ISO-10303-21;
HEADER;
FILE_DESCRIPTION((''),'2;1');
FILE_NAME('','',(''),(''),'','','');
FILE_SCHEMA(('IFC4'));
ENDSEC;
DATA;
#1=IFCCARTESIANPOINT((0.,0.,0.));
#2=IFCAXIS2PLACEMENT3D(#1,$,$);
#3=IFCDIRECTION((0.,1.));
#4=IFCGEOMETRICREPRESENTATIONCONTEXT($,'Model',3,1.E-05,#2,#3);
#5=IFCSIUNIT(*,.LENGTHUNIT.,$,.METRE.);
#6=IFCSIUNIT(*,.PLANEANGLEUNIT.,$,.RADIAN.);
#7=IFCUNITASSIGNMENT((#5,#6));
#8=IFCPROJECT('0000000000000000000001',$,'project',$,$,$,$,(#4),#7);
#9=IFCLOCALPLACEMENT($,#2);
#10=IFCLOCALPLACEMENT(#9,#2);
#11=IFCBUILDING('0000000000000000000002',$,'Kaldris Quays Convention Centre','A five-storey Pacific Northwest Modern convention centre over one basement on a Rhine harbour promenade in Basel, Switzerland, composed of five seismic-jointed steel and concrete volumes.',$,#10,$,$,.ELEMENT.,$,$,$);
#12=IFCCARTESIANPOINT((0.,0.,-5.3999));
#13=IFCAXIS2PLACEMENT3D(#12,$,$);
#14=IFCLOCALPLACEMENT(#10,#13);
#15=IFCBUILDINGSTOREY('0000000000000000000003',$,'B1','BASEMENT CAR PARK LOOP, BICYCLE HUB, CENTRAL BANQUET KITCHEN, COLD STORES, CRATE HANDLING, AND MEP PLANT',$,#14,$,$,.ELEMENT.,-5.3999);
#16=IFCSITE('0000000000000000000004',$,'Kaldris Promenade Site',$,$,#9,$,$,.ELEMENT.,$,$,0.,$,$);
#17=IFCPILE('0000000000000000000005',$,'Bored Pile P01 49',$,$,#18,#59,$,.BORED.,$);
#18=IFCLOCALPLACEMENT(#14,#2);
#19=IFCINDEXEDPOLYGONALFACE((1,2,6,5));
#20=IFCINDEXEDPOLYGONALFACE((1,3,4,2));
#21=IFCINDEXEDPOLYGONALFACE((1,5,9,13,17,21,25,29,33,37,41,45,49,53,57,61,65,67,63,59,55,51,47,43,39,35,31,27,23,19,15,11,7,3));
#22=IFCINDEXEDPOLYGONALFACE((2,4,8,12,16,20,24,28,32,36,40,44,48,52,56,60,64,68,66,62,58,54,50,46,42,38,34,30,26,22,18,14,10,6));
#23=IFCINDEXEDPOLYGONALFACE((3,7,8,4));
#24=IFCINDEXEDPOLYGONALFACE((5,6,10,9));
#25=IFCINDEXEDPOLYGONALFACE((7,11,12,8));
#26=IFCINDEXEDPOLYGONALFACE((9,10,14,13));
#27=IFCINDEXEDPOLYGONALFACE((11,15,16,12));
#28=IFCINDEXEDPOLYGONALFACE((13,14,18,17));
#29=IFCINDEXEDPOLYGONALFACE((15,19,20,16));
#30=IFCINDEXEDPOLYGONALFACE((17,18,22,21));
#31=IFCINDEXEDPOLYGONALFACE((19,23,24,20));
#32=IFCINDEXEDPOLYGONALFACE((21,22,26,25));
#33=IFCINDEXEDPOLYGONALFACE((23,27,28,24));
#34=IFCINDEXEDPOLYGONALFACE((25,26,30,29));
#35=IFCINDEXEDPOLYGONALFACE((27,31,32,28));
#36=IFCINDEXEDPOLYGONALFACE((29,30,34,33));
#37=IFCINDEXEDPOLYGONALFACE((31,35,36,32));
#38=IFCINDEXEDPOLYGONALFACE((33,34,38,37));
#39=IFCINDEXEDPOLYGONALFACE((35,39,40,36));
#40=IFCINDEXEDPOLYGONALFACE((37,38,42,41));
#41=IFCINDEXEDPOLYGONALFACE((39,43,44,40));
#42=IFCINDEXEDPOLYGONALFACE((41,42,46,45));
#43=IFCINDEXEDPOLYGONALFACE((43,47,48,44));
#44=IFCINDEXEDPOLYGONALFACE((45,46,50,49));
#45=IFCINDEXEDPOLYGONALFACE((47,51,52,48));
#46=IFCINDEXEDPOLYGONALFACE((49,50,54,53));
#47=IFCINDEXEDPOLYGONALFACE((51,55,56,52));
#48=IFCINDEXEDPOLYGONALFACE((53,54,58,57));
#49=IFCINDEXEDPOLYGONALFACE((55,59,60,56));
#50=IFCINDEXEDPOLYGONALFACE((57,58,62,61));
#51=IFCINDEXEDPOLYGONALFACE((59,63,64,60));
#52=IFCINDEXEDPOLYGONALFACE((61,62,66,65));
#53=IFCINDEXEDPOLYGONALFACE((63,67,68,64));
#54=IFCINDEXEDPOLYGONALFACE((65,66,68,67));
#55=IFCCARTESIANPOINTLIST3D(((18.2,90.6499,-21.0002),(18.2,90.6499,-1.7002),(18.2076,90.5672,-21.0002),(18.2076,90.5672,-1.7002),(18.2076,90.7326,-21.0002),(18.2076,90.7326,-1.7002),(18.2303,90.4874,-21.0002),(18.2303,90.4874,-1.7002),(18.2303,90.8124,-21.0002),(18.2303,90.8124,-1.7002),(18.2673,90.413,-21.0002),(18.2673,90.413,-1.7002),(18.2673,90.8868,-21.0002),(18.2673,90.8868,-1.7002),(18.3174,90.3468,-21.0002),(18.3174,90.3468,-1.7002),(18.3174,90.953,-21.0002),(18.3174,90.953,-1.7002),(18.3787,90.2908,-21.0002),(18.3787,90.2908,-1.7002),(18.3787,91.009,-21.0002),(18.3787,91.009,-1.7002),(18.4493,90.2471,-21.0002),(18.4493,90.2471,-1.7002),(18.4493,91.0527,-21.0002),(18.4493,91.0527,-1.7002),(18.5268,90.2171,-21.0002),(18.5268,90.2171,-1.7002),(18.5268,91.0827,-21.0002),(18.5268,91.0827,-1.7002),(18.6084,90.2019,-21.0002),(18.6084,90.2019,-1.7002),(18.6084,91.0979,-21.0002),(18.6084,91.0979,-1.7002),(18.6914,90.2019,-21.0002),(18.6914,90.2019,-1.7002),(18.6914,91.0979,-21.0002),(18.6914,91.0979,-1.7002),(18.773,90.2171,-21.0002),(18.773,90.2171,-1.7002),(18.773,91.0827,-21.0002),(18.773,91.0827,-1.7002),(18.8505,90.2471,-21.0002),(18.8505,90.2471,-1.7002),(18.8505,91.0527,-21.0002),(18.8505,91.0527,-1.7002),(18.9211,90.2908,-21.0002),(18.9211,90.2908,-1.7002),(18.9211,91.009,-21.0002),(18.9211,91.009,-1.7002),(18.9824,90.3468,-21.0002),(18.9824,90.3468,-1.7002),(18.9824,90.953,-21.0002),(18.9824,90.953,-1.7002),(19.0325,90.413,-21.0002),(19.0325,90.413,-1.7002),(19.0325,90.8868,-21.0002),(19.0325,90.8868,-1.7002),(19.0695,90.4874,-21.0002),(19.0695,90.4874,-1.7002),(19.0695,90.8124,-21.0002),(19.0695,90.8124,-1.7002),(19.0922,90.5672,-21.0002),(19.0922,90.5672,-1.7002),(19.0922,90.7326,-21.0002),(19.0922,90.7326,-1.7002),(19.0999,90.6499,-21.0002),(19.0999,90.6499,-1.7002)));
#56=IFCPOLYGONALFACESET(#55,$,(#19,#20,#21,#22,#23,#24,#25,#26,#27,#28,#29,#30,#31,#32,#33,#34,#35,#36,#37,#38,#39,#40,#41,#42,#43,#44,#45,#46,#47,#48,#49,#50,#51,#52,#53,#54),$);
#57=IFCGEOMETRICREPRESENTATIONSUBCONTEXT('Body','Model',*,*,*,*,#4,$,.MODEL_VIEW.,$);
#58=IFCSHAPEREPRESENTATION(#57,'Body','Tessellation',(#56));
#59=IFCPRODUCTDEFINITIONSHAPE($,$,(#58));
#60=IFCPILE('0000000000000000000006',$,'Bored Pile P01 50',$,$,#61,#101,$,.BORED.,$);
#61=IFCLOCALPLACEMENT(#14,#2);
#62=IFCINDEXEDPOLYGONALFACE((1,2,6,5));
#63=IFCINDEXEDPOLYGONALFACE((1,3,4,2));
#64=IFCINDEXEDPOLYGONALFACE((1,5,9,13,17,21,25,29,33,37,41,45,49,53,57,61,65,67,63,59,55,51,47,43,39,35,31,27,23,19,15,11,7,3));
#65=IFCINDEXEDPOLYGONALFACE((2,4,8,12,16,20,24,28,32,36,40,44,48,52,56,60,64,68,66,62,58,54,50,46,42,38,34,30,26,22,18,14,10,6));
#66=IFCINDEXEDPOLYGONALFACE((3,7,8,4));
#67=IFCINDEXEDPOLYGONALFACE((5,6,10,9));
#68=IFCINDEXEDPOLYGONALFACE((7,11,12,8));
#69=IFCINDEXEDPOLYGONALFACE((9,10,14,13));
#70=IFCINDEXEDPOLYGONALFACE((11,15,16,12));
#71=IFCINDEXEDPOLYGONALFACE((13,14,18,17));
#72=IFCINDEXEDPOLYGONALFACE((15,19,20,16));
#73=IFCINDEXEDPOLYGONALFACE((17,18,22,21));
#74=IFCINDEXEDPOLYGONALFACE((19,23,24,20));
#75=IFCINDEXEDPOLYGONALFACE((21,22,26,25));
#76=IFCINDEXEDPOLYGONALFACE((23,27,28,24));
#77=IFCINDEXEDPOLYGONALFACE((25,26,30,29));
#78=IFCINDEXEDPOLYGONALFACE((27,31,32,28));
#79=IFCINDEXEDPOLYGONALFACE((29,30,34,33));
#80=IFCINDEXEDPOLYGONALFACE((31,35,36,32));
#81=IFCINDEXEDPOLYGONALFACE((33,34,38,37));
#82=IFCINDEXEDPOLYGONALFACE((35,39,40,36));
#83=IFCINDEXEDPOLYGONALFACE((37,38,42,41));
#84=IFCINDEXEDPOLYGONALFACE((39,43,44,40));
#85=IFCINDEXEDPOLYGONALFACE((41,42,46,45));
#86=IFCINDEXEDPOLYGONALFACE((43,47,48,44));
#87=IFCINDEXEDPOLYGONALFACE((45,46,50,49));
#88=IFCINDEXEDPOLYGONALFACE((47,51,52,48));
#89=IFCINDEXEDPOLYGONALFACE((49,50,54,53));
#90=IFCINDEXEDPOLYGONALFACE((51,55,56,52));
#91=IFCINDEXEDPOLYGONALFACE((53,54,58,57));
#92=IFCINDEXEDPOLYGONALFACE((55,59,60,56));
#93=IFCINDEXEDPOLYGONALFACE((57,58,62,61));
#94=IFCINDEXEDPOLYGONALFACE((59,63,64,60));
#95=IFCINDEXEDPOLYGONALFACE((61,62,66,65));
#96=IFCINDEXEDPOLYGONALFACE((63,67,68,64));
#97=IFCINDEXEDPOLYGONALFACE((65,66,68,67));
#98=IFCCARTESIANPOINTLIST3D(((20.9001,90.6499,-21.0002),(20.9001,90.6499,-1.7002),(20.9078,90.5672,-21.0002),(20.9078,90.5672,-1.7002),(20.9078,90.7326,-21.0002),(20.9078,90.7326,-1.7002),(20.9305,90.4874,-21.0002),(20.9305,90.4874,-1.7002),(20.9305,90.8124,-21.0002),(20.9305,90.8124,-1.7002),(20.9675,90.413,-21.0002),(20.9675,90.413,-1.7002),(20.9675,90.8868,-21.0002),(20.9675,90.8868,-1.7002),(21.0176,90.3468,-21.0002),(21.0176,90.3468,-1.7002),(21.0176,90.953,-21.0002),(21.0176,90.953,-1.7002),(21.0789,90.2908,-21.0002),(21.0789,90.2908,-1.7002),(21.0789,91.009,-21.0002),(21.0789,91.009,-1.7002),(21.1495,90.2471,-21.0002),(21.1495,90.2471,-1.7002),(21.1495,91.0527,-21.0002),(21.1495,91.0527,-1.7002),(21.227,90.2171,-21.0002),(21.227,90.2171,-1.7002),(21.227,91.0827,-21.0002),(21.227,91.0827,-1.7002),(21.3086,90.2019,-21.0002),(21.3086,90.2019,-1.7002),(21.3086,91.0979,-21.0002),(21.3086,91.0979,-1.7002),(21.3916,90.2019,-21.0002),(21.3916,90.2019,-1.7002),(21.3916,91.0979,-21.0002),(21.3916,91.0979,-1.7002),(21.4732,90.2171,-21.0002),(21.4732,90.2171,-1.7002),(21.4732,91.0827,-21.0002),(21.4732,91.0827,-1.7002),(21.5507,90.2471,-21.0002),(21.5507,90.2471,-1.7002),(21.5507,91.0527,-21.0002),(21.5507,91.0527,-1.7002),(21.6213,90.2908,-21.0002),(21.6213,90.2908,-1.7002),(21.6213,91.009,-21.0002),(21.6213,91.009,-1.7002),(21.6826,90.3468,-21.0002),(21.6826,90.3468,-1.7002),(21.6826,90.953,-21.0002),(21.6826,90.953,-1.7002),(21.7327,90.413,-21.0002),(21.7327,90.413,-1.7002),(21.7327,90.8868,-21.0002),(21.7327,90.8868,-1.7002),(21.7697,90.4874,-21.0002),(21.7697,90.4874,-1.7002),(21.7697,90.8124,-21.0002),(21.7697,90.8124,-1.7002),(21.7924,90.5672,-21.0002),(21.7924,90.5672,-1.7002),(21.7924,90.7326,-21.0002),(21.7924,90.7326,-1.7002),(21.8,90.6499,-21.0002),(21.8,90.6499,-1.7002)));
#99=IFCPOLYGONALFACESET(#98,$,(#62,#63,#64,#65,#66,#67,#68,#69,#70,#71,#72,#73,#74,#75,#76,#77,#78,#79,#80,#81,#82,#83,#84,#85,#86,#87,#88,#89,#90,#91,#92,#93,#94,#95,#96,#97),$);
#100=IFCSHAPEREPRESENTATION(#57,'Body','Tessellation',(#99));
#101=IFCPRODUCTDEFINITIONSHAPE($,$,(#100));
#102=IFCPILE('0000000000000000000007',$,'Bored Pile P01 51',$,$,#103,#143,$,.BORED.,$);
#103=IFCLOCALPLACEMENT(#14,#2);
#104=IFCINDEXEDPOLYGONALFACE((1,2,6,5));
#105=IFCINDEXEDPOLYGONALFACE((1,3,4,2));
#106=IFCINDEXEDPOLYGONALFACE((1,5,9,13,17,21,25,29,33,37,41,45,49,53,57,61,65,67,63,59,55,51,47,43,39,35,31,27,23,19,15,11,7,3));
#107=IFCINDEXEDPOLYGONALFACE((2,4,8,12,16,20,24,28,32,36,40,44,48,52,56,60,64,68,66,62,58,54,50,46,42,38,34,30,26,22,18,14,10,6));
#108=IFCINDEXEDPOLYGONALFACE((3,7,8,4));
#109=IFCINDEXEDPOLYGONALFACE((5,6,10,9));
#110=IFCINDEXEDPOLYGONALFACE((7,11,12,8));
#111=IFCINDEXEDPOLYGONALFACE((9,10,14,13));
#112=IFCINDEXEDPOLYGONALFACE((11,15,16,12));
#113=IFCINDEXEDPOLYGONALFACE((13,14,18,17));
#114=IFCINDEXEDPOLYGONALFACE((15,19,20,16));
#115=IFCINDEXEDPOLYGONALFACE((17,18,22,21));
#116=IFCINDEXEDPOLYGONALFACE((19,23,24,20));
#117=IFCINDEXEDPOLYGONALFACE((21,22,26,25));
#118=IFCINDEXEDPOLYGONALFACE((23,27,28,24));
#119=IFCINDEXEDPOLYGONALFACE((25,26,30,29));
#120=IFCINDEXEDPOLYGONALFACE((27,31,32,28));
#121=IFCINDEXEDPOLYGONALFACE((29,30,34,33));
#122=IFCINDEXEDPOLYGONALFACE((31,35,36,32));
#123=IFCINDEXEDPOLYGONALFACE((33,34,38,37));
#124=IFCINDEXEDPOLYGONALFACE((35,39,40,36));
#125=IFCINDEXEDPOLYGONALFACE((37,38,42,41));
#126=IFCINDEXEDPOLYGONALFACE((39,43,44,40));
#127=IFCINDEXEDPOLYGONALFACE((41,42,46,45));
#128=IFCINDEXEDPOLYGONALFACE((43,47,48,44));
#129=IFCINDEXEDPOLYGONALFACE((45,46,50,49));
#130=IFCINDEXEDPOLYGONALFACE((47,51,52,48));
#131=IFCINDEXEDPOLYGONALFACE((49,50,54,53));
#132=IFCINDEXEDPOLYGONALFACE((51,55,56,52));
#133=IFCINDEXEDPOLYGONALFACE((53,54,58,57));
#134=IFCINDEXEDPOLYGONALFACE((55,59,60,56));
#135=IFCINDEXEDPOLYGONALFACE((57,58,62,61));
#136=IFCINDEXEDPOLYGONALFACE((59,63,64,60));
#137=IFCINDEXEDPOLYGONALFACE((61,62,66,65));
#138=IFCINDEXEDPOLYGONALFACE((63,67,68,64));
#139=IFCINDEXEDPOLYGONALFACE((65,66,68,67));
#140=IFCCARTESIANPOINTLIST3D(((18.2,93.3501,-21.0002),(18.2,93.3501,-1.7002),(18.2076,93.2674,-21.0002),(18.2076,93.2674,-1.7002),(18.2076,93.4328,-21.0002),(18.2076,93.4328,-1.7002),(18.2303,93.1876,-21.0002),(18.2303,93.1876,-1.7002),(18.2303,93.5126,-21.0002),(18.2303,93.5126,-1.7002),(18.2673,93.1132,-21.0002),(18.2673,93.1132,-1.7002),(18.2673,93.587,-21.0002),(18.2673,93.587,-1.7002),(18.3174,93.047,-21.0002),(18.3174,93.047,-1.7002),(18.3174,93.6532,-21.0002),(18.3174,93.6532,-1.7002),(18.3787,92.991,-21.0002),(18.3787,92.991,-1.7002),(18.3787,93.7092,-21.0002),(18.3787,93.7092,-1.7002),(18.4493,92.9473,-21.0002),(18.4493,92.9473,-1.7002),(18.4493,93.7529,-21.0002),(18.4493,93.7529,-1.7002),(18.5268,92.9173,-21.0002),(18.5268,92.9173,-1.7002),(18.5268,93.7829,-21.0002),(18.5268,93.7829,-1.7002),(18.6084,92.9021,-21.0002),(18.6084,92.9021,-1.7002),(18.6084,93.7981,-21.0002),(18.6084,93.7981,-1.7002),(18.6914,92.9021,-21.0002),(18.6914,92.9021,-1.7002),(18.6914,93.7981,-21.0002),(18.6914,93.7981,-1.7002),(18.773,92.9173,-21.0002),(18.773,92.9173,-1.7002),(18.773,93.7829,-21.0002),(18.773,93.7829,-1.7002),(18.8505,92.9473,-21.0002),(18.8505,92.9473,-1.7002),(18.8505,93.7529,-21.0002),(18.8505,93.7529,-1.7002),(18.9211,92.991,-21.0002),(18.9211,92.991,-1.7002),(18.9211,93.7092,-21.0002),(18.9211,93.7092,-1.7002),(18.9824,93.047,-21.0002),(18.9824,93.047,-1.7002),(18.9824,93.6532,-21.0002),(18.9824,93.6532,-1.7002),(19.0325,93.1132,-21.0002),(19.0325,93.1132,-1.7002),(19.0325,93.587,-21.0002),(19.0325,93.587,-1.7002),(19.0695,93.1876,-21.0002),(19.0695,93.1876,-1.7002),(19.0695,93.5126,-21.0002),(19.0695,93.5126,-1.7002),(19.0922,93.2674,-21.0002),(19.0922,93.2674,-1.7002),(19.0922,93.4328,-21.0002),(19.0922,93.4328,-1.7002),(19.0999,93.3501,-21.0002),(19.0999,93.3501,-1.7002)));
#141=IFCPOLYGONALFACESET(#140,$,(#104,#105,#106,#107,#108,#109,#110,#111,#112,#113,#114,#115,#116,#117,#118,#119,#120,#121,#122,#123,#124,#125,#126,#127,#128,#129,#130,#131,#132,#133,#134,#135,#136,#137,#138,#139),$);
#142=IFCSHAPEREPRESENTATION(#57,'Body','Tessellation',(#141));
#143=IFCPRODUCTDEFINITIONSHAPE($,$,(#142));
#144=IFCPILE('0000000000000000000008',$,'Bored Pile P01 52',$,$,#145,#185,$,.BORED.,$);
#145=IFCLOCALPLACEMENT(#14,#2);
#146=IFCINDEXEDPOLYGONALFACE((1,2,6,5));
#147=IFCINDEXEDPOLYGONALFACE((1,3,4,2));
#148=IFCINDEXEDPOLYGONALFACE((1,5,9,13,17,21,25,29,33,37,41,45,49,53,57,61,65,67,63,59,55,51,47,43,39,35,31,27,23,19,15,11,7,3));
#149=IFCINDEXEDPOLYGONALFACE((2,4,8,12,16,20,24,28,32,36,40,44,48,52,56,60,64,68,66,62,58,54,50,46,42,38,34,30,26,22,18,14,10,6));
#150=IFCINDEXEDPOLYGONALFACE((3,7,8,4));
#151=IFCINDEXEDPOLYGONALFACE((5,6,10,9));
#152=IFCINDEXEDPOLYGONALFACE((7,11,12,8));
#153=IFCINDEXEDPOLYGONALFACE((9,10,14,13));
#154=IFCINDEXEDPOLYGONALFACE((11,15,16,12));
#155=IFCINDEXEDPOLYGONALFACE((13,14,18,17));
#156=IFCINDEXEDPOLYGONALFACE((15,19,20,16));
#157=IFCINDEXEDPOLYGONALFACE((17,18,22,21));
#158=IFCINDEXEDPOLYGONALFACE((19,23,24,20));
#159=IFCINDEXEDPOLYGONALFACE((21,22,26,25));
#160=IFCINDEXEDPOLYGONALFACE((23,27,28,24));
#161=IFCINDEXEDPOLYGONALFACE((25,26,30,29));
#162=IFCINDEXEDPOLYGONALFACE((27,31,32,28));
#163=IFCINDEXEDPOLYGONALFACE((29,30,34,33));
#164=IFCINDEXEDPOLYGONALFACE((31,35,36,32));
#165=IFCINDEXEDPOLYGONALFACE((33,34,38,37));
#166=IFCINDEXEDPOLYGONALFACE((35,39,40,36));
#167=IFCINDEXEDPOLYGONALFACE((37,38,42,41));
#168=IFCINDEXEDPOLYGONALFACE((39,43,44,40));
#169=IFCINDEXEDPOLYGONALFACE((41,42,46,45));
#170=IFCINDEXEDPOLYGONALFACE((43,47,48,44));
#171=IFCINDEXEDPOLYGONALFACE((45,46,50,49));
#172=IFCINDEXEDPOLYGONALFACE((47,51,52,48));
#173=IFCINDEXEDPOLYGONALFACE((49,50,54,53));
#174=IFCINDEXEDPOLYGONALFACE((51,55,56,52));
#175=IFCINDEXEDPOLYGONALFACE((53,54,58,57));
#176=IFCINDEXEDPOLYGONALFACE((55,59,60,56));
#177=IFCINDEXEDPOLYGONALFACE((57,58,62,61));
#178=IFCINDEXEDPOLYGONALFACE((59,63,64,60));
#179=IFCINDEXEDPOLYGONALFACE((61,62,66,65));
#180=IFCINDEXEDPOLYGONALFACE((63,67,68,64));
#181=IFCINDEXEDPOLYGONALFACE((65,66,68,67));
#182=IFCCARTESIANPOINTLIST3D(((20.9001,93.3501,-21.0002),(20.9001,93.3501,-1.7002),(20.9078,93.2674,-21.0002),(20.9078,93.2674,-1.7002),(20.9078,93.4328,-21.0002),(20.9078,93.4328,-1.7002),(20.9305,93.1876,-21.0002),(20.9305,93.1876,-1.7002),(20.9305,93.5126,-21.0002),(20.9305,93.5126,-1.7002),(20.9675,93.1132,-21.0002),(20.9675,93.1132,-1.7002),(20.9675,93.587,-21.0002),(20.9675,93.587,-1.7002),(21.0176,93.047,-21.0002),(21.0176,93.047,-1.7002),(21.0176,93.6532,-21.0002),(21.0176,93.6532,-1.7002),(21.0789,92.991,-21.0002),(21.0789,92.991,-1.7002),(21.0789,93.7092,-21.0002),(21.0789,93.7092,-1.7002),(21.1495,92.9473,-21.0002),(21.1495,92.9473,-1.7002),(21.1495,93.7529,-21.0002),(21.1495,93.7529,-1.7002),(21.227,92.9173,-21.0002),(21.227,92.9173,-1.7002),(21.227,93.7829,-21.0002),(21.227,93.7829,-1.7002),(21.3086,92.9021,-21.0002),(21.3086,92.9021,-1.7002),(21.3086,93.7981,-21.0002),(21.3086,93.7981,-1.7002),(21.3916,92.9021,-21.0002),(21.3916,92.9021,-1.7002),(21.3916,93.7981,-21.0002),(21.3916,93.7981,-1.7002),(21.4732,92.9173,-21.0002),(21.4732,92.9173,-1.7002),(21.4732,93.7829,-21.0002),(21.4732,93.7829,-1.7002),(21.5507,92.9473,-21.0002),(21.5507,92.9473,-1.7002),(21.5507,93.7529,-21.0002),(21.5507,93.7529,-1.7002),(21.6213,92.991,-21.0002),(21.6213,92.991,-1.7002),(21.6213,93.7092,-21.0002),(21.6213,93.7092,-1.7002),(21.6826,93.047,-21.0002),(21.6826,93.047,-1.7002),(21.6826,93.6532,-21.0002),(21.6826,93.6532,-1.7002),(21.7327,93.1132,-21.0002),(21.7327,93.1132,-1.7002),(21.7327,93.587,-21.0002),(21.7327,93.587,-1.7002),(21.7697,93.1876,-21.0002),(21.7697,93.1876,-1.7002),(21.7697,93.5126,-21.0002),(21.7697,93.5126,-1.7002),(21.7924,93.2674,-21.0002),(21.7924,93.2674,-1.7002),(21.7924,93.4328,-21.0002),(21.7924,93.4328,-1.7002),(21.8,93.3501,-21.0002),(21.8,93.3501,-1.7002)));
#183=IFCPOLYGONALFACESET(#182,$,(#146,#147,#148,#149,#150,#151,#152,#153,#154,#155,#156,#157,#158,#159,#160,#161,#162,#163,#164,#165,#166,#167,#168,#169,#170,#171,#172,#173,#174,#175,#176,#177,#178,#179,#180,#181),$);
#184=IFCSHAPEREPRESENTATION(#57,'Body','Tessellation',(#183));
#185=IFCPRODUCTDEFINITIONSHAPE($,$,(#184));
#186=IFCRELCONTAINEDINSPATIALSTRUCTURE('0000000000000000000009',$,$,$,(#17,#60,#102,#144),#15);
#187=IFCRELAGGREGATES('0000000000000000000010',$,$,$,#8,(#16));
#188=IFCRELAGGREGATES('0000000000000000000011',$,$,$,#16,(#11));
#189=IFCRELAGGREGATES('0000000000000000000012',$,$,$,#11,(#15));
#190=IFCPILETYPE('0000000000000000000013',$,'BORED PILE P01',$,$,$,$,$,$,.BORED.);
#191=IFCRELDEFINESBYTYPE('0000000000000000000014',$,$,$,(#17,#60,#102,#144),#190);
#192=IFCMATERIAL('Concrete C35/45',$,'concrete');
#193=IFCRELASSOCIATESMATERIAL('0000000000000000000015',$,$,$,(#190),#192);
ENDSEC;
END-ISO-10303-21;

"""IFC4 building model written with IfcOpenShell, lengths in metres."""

from ifc_helpers import new_model, si_unit, direction, frame, origin, origin_2d, place, context, subcontext, project, spatial, circle, extrude, material, material_profile, profile_set, type_object, element, save


model = new_model("IFC4")

# Units and contexts
model_context = context("Model", 3, precision=1e-05, world=origin(), true_north=direction((0.0, 1.0)))
body_context = subcontext(model_context, "Body", "Model", "MODEL_VIEW")
ifc_project = project(units=[si_unit("LENGTHUNIT", "METRE"), si_unit("PLANEANGLEUNIT", "RADIAN")], contexts=[model_context])

# Site, building, storey
site_placement = place(None, origin())
site = spatial("IfcSite", under=ifc_project, at=site_placement, Name="Kaldris Promenade Site", CompositionType="ELEMENT", RefElevation=0.0)
building_placement = place(site_placement, origin())
building = spatial("IfcBuilding", under=site, at=building_placement, Name="Kaldris Quays Convention Centre", Description="A five-storey Pacific Northwest Modern convention centre over one basement on a Rhine harbour promenade in Basel, Switzerland, composed of five seismic-jointed steel and concrete volumes.", CompositionType="ELEMENT")
storey_placement = place(building_placement, frame((0.0, 0.0, -5.3999)))
storey = spatial("IfcBuildingStorey", under=building, at=storey_placement, Name="B1", Description="BASEMENT CAR PARK LOOP, BICYCLE HUB, CENTRAL BANQUET KITCHEN, COLD STORES, CRATE HANDLING, AND MEP PLANT", CompositionType="ELEMENT", Elevation=-5.3999)

# Piles
ifc_material_1 = material(Name="Concrete C35/45", Category="concrete")
ifc_material_profile_1 = material_profile(ifc_material_1, circle(Radius=0.45, at=origin_2d()), Name="BORED PILE D900")
ifc_profile_set_1 = profile_set([ifc_material_profile_1], Name="Concrete C35/45")
pile_type = type_object("IfcPileType", Name="BORED PILE P01", PredefinedType="BORED", material=ifc_profile_set_1)
for number, where, z_axis, x_axis, name in (
    (1, (18.6499, 90.6499, -1.7002), (0.0, 0.0, -1.0), (1.0, 0.0, 0.0), "Bored Pile P01 49"),
    (2, (21.3501, 90.6499, -1.7002), (0.0, 0.0, -1.0), (1.0, 0.0, 0.0), "Bored Pile P01 50"),
    (3, (18.6499, 93.3501, -1.7002), (0.0, 0.0, -1.0), (1.0, 0.0, 0.0), "Bored Pile P01 51"),
    (4, (21.3501, 93.3501, -1.7002), (0.0, 0.0, -1.0), (1.0, 0.0, 0.0), "Bored Pile P01 52"),
):
    element("IfcPile", number, at=place(storey_placement, frame(where, z_axis=z_axis, x_axis=x_axis)), inside=storey, type_object=pile_type, Name=name, PredefinedType="BORED", context=body_context, shape_type="SweptSolid", body=[
        extrude(circle(Radius=0.45, at=origin_2d()), origin(), (0.0, 0.0, 1.0), 19.3),
    ])

save(model, "model.ifc")
